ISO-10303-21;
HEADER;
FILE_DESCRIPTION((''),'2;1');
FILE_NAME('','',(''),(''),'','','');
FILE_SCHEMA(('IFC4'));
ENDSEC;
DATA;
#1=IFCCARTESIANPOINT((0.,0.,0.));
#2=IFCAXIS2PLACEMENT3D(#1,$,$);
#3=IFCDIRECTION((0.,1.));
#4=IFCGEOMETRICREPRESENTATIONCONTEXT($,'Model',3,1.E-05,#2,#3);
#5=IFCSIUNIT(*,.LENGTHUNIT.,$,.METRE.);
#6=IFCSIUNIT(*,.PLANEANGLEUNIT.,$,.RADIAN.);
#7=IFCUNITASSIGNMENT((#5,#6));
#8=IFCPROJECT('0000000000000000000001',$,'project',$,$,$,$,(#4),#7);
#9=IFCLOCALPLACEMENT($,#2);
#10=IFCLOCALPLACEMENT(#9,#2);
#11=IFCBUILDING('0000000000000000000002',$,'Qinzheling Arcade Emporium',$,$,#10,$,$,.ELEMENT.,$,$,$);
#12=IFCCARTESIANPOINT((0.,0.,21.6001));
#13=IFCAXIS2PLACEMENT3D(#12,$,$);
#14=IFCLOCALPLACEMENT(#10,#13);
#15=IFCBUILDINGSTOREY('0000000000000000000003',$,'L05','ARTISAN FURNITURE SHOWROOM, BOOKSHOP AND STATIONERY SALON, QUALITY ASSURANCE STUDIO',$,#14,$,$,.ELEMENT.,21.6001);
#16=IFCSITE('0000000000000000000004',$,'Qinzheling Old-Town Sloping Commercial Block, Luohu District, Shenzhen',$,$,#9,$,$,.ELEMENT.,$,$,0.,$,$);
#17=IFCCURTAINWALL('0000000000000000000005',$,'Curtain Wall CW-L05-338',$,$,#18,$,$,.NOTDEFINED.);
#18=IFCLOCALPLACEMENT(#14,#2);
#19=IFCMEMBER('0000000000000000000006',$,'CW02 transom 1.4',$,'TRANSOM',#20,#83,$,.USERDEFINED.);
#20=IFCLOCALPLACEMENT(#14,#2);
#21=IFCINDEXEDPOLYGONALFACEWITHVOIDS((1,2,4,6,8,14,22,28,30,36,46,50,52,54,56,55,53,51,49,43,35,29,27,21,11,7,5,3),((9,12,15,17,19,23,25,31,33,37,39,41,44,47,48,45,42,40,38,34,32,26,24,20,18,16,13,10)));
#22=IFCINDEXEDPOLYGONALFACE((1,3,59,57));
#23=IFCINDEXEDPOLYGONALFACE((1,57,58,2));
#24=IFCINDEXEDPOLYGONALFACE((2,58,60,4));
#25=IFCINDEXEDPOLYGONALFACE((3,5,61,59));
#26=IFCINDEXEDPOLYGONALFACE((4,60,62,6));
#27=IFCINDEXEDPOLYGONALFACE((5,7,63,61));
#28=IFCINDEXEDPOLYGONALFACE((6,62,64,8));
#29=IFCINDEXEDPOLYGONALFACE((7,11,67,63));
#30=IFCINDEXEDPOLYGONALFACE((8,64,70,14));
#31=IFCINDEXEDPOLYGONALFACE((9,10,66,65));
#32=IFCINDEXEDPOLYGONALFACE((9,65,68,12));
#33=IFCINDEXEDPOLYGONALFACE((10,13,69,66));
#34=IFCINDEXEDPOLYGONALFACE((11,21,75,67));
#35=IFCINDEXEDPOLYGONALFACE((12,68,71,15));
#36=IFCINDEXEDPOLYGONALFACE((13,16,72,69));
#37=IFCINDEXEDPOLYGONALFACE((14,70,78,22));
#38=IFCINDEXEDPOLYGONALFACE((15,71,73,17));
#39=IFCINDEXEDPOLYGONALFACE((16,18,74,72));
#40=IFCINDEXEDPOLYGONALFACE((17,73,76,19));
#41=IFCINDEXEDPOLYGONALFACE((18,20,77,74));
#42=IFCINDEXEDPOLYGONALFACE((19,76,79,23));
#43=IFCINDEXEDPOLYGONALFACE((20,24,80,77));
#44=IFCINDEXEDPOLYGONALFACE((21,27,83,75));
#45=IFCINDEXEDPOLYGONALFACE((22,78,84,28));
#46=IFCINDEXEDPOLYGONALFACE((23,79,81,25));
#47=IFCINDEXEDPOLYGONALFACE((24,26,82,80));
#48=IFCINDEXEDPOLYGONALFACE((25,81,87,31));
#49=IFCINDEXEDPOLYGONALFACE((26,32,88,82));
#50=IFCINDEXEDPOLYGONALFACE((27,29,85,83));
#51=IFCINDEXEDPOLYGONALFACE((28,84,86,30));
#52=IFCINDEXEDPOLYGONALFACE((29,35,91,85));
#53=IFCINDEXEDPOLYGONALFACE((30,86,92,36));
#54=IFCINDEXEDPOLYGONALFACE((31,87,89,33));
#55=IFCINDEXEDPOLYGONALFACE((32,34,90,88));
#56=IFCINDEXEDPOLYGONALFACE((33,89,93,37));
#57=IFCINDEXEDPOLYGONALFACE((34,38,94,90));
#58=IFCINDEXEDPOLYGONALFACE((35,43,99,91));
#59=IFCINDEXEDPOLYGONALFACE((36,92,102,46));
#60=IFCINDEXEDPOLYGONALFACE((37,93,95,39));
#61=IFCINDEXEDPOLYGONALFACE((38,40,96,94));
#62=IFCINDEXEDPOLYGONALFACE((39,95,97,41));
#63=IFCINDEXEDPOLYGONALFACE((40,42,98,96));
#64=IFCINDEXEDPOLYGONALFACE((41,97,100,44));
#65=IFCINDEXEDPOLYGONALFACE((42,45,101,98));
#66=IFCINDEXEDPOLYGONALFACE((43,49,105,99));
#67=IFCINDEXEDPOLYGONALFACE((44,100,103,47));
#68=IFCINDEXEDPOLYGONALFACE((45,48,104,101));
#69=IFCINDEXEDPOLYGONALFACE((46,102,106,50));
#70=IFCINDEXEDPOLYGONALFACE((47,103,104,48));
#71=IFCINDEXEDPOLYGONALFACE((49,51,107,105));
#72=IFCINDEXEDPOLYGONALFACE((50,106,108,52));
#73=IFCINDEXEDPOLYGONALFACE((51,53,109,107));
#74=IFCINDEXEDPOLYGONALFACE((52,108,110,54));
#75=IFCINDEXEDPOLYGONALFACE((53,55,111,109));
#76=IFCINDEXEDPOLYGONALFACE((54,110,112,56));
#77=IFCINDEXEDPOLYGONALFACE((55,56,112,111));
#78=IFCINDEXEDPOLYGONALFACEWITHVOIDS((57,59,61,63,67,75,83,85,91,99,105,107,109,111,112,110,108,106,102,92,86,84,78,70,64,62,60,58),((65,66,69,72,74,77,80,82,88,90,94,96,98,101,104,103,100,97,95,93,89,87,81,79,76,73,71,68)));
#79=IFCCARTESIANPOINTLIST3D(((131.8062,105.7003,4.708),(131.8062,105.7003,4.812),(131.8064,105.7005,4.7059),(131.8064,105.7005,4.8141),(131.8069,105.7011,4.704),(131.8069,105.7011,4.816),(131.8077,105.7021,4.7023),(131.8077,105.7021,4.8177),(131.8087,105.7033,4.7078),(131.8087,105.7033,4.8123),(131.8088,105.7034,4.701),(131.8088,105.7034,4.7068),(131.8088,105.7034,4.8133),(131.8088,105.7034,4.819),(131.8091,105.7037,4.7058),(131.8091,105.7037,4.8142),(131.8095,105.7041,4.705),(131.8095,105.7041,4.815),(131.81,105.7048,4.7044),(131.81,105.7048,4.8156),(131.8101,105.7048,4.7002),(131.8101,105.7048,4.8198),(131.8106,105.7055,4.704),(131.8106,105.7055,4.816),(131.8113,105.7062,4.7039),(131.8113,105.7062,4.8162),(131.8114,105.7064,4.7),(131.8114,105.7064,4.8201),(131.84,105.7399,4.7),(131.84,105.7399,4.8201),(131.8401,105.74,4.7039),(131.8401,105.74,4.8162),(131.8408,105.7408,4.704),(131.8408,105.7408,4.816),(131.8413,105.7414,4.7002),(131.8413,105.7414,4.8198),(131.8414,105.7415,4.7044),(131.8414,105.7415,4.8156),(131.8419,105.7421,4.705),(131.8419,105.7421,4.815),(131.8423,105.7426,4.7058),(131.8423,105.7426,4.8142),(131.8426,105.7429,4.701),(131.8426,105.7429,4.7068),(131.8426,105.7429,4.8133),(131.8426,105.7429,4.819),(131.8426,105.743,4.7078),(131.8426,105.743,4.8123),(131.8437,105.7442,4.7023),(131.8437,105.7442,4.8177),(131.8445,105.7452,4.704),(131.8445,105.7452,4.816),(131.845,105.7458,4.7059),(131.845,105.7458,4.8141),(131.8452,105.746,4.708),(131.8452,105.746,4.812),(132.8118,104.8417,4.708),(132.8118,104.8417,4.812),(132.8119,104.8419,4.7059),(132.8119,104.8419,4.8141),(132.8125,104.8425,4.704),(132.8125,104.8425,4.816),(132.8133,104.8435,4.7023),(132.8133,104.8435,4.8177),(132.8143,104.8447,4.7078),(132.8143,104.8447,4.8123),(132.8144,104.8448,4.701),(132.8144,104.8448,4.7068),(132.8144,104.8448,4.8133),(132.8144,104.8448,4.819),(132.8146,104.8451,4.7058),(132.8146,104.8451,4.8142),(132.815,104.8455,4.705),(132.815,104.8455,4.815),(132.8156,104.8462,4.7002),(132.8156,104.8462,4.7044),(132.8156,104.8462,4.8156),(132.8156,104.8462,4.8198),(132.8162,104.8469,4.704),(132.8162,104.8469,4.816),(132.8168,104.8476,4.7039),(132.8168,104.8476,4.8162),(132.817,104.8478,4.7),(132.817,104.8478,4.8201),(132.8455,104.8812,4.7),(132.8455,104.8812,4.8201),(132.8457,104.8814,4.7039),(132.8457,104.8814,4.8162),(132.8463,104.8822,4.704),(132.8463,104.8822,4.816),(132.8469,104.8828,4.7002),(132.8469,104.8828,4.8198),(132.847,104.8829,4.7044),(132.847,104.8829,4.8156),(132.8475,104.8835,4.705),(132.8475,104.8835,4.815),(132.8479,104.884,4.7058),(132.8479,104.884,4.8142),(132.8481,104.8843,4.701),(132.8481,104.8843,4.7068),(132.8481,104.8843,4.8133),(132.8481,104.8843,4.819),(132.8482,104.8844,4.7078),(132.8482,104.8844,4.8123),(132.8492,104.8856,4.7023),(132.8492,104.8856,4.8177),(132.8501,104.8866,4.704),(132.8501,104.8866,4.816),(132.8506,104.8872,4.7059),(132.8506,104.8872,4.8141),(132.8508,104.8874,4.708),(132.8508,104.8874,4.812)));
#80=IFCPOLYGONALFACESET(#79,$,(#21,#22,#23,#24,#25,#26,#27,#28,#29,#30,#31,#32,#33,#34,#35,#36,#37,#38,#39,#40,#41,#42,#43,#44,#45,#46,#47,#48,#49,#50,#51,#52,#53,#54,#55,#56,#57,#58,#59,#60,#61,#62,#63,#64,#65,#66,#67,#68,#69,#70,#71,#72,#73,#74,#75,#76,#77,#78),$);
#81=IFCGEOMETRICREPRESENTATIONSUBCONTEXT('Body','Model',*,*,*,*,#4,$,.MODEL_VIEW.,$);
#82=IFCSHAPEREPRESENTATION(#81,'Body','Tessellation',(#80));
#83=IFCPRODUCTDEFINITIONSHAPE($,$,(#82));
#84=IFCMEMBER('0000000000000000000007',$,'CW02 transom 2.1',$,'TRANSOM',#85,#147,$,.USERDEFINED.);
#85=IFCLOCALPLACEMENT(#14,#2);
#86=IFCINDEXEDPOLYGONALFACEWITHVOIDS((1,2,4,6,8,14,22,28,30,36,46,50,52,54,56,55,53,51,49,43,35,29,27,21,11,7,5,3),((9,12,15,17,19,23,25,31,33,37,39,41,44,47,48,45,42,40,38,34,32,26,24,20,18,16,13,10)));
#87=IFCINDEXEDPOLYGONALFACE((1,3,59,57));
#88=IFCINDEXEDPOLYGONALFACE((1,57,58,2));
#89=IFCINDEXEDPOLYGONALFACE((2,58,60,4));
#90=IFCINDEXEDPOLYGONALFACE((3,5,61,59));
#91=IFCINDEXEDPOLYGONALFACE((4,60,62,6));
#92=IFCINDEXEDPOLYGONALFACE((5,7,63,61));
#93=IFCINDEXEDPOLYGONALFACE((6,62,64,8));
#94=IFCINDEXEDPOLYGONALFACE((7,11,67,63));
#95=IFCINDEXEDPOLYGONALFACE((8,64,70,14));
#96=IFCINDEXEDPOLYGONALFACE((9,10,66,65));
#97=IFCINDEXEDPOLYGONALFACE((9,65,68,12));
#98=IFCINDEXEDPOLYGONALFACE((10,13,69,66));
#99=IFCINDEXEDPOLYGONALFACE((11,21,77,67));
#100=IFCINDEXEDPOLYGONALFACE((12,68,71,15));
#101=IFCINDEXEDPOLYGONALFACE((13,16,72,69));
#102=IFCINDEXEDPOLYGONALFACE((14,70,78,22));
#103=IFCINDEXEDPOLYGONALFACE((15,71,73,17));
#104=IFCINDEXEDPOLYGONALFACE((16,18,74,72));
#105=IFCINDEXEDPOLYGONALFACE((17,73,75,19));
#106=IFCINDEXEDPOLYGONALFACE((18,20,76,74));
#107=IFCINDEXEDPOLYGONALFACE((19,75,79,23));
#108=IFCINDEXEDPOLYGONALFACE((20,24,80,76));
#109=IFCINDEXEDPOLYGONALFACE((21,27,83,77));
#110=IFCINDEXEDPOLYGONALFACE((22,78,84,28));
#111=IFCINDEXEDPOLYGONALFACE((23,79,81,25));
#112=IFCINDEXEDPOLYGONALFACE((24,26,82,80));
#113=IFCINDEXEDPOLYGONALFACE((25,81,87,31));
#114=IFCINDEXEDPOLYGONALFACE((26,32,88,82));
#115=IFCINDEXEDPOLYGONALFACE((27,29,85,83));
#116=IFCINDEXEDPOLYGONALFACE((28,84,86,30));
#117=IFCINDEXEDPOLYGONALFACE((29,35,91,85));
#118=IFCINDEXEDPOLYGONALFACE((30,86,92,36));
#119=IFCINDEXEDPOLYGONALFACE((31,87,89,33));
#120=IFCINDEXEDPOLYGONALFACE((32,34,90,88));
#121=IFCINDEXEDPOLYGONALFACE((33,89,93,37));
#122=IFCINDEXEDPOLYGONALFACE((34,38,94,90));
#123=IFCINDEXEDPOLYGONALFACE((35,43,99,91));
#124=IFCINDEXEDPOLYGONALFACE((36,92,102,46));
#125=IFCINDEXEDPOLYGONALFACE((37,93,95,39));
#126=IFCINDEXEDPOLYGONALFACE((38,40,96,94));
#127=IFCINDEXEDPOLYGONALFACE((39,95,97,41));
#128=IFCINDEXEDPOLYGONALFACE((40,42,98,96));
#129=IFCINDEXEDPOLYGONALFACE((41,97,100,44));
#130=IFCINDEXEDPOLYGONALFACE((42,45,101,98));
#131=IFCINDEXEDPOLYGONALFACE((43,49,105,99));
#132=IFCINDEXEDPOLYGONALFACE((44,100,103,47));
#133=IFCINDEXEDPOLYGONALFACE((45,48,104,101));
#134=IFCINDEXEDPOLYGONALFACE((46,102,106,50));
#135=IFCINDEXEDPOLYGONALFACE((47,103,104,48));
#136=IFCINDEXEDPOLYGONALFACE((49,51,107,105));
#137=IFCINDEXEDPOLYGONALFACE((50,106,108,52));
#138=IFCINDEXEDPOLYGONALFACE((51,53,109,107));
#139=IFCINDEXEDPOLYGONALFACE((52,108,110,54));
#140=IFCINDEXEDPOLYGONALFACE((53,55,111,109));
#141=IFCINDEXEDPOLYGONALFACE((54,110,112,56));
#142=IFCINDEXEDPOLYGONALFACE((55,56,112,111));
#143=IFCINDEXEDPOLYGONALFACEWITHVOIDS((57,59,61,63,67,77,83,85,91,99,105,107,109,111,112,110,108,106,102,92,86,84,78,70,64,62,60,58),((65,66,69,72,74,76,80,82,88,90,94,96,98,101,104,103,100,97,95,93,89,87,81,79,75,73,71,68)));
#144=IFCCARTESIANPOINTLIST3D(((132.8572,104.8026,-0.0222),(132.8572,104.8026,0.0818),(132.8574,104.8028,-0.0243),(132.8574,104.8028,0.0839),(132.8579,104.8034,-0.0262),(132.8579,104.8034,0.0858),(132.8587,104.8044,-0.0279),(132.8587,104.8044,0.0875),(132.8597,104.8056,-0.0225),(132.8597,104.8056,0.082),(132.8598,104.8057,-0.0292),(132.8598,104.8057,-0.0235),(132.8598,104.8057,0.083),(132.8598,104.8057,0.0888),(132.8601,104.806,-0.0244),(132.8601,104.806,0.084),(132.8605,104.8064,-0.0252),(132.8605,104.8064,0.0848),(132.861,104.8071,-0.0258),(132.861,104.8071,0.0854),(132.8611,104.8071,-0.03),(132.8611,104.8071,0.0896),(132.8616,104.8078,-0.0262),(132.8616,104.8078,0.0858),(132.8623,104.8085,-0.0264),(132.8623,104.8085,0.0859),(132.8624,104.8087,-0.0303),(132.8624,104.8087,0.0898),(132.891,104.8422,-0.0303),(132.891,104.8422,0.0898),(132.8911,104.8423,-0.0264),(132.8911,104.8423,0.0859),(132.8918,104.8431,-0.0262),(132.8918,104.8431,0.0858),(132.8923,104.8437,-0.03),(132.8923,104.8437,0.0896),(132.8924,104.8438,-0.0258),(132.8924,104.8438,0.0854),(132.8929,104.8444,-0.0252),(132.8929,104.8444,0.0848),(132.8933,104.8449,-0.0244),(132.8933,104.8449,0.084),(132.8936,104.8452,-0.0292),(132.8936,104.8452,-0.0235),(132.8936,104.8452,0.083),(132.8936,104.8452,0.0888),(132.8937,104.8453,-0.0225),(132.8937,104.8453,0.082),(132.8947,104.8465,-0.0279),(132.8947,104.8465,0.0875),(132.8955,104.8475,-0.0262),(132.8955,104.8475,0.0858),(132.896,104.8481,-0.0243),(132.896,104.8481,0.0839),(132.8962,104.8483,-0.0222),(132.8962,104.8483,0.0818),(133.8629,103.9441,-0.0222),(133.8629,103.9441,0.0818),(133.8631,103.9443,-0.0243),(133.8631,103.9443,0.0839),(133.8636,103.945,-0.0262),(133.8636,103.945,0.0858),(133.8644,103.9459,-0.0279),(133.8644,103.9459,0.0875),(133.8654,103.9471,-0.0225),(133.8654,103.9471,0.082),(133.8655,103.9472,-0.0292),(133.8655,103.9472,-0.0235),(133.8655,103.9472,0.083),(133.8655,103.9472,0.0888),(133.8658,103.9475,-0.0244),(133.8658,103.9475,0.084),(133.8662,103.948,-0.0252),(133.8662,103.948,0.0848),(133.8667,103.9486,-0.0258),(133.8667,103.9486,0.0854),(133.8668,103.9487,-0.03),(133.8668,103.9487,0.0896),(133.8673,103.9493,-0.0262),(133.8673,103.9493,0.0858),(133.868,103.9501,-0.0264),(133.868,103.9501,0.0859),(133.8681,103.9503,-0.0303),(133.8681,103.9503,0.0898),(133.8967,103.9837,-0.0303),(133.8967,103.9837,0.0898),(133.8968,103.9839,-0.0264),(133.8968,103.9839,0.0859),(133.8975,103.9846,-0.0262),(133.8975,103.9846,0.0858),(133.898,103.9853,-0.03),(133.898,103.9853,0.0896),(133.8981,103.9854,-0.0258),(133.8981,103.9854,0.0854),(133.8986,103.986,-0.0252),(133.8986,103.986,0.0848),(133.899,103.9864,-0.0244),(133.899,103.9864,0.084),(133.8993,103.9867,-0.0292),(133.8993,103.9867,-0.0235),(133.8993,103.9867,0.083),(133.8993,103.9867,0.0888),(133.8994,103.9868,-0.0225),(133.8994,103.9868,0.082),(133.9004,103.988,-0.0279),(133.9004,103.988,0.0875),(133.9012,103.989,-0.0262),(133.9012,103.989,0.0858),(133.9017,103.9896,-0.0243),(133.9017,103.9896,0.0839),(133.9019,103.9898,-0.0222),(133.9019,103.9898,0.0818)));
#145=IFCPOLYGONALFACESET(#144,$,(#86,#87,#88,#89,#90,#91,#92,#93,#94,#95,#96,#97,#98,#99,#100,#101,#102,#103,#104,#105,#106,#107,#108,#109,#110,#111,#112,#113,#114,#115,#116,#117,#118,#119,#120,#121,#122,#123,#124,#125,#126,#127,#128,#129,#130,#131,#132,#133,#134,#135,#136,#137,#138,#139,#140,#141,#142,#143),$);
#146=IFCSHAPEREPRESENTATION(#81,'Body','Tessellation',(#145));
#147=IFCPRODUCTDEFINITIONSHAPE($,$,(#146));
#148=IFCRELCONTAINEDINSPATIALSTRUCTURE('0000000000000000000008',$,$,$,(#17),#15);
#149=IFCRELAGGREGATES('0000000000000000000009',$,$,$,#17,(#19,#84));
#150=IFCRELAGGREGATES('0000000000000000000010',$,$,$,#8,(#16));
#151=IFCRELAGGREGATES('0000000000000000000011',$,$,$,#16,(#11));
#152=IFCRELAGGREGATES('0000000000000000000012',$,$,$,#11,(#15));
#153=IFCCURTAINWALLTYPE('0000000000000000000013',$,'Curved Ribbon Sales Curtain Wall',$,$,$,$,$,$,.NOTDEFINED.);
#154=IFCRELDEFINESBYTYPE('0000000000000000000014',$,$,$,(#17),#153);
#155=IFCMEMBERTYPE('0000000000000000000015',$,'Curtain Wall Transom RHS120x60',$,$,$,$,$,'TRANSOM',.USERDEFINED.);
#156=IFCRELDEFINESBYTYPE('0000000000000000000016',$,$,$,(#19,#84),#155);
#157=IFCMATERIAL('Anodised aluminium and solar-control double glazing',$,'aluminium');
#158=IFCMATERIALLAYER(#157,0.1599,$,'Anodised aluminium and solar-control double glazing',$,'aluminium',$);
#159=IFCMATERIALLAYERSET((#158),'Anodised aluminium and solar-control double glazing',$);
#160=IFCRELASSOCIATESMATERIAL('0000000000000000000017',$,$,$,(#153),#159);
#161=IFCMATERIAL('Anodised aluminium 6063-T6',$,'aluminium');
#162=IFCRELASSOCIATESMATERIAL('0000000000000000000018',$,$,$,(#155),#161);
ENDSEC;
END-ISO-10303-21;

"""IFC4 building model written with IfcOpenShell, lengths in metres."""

from ifc_helpers import new_model, si_unit, direction, frame, origin, origin_2d, place, context, subcontext, project, spatial, hollow_rectangle, extrude, material, layer, layer_set, material_profile, profile_set, type_object, element, aggregate, save


model = new_model("IFC4")

# Units and contexts
model_context = context("Model", 3, precision=1e-05, world=origin(), true_north=direction((0.0, 1.0)))
body_context = subcontext(model_context, "Body", "Model", "MODEL_VIEW")
ifc_project = project(units=[si_unit("LENGTHUNIT", "METRE"), si_unit("PLANEANGLEUNIT", "RADIAN")], contexts=[model_context])

# Site, building, storey
site_placement = place(None, origin())
site = spatial("IfcSite", under=ifc_project, at=site_placement, Name="Qinzheling Old-Town Sloping Commercial Block, Luohu District, Shenzhen", CompositionType="ELEMENT", RefElevation=0.0)
building_placement = place(site_placement, origin())
building = spatial("IfcBuilding", under=site, at=building_placement, Name="Qinzheling Arcade Emporium", CompositionType="ELEMENT")
storey_placement = place(building_placement, frame((0.0, 0.0, 21.6001)))
storey = spatial("IfcBuildingStorey", under=building, at=storey_placement, Name="L05", Description="ARTISAN FURNITURE SHOWROOM, BOOKSHOP AND STATIONERY SALON, QUALITY ASSURANCE STUDIO", CompositionType="ELEMENT", Elevation=21.6001)

# Shared definitions
ifc_material_1 = material(Name="Anodised aluminium and solar-control double glazing", Category="aluminium")
ifc_layer_1 = layer(ifc_material_1, 0.1599, Name="Anodised aluminium and solar-control double glazing", Category="aluminium")
ifc_layer_set_1 = layer_set([ifc_layer_1], Name="Anodised aluminium and solar-control double glazing")
curtain_wall_type = type_object("IfcCurtainWallType", Name="Curved Ribbon Sales Curtain Wall", PredefinedType="NOTDEFINED", material=ifc_layer_set_1)
ifc_material_2 = material(Name="Anodised aluminium 6063-T6", Category="aluminium")

# Curtain wall
curtain_wall_1_placement = place(storey_placement, origin())
curtain_wall_1 = element("IfcCurtainWall", 1, at=curtain_wall_1_placement, inside=storey, type_object=curtain_wall_type, Name="Curtain Wall CW-L05-338", PredefinedType="NOTDEFINED")

# Members
ifc_material_profile_1 = material_profile(ifc_material_2, hollow_rectangle(XDim=0.0601, YDim=0.1201, WallThickness=0.0039, InnerFilletRadius=0.0039, OuterFilletRadius=0.0081, at=origin_2d()), Name="RHS 120x60x4", Category="aluminium")
ifc_profile_set_1 = profile_set([ifc_material_profile_1], Name="Anodised aluminium 6063-T6")
member_type_1 = type_object("IfcMemberType", Name="Curtain Wall Transom RHS120x60", ElementType="TRANSOM", PredefinedType="USERDEFINED", material=ifc_profile_set_1)
member_1_placement = place(storey_placement, frame((131.8257, 105.7231, 4.76), z_axis=(0.760493, -0.649346, 0.0), x_axis=(0.649346, 0.760493, 0.0)))
member_1 = element("IfcMember", 2, at=member_1_placement, type_object=member_type_1, Name="CW02 transom 1.4", ObjectType="TRANSOM", PredefinedType="USERDEFINED", context=body_context, shape_type="SweptSolid", body=[
    extrude(hollow_rectangle(XDim=0.0601, YDim=0.1201, WallThickness=0.0039, InnerFilletRadius=0.0039, OuterFilletRadius=0.0081, at=origin_2d()), origin(), (0.0, 0.0, 1.0), 1.3223),
])
member_2_placement = place(storey_placement, frame((132.8767, 104.8254, 0.0298), z_axis=(0.760585, -0.649239, 0.0), x_axis=(0.649239, 0.760585, 0.0)))
member_2 = element("IfcMember", 3, at=member_2_placement, type_object=member_type_1, Name="CW02 transom 2.1", ObjectType="TRANSOM", PredefinedType="USERDEFINED", context=body_context, shape_type="SweptSolid", body=[
    extrude(hollow_rectangle(XDim=0.0601, YDim=0.1201, WallThickness=0.0039, InnerFilletRadius=0.0039, OuterFilletRadius=0.0081, at=origin_2d()), origin(), (0.0, 0.0, 1.0), 1.3223),
])

aggregate(curtain_wall_1, [member_1, member_2])

save(model, "model.ifc")
